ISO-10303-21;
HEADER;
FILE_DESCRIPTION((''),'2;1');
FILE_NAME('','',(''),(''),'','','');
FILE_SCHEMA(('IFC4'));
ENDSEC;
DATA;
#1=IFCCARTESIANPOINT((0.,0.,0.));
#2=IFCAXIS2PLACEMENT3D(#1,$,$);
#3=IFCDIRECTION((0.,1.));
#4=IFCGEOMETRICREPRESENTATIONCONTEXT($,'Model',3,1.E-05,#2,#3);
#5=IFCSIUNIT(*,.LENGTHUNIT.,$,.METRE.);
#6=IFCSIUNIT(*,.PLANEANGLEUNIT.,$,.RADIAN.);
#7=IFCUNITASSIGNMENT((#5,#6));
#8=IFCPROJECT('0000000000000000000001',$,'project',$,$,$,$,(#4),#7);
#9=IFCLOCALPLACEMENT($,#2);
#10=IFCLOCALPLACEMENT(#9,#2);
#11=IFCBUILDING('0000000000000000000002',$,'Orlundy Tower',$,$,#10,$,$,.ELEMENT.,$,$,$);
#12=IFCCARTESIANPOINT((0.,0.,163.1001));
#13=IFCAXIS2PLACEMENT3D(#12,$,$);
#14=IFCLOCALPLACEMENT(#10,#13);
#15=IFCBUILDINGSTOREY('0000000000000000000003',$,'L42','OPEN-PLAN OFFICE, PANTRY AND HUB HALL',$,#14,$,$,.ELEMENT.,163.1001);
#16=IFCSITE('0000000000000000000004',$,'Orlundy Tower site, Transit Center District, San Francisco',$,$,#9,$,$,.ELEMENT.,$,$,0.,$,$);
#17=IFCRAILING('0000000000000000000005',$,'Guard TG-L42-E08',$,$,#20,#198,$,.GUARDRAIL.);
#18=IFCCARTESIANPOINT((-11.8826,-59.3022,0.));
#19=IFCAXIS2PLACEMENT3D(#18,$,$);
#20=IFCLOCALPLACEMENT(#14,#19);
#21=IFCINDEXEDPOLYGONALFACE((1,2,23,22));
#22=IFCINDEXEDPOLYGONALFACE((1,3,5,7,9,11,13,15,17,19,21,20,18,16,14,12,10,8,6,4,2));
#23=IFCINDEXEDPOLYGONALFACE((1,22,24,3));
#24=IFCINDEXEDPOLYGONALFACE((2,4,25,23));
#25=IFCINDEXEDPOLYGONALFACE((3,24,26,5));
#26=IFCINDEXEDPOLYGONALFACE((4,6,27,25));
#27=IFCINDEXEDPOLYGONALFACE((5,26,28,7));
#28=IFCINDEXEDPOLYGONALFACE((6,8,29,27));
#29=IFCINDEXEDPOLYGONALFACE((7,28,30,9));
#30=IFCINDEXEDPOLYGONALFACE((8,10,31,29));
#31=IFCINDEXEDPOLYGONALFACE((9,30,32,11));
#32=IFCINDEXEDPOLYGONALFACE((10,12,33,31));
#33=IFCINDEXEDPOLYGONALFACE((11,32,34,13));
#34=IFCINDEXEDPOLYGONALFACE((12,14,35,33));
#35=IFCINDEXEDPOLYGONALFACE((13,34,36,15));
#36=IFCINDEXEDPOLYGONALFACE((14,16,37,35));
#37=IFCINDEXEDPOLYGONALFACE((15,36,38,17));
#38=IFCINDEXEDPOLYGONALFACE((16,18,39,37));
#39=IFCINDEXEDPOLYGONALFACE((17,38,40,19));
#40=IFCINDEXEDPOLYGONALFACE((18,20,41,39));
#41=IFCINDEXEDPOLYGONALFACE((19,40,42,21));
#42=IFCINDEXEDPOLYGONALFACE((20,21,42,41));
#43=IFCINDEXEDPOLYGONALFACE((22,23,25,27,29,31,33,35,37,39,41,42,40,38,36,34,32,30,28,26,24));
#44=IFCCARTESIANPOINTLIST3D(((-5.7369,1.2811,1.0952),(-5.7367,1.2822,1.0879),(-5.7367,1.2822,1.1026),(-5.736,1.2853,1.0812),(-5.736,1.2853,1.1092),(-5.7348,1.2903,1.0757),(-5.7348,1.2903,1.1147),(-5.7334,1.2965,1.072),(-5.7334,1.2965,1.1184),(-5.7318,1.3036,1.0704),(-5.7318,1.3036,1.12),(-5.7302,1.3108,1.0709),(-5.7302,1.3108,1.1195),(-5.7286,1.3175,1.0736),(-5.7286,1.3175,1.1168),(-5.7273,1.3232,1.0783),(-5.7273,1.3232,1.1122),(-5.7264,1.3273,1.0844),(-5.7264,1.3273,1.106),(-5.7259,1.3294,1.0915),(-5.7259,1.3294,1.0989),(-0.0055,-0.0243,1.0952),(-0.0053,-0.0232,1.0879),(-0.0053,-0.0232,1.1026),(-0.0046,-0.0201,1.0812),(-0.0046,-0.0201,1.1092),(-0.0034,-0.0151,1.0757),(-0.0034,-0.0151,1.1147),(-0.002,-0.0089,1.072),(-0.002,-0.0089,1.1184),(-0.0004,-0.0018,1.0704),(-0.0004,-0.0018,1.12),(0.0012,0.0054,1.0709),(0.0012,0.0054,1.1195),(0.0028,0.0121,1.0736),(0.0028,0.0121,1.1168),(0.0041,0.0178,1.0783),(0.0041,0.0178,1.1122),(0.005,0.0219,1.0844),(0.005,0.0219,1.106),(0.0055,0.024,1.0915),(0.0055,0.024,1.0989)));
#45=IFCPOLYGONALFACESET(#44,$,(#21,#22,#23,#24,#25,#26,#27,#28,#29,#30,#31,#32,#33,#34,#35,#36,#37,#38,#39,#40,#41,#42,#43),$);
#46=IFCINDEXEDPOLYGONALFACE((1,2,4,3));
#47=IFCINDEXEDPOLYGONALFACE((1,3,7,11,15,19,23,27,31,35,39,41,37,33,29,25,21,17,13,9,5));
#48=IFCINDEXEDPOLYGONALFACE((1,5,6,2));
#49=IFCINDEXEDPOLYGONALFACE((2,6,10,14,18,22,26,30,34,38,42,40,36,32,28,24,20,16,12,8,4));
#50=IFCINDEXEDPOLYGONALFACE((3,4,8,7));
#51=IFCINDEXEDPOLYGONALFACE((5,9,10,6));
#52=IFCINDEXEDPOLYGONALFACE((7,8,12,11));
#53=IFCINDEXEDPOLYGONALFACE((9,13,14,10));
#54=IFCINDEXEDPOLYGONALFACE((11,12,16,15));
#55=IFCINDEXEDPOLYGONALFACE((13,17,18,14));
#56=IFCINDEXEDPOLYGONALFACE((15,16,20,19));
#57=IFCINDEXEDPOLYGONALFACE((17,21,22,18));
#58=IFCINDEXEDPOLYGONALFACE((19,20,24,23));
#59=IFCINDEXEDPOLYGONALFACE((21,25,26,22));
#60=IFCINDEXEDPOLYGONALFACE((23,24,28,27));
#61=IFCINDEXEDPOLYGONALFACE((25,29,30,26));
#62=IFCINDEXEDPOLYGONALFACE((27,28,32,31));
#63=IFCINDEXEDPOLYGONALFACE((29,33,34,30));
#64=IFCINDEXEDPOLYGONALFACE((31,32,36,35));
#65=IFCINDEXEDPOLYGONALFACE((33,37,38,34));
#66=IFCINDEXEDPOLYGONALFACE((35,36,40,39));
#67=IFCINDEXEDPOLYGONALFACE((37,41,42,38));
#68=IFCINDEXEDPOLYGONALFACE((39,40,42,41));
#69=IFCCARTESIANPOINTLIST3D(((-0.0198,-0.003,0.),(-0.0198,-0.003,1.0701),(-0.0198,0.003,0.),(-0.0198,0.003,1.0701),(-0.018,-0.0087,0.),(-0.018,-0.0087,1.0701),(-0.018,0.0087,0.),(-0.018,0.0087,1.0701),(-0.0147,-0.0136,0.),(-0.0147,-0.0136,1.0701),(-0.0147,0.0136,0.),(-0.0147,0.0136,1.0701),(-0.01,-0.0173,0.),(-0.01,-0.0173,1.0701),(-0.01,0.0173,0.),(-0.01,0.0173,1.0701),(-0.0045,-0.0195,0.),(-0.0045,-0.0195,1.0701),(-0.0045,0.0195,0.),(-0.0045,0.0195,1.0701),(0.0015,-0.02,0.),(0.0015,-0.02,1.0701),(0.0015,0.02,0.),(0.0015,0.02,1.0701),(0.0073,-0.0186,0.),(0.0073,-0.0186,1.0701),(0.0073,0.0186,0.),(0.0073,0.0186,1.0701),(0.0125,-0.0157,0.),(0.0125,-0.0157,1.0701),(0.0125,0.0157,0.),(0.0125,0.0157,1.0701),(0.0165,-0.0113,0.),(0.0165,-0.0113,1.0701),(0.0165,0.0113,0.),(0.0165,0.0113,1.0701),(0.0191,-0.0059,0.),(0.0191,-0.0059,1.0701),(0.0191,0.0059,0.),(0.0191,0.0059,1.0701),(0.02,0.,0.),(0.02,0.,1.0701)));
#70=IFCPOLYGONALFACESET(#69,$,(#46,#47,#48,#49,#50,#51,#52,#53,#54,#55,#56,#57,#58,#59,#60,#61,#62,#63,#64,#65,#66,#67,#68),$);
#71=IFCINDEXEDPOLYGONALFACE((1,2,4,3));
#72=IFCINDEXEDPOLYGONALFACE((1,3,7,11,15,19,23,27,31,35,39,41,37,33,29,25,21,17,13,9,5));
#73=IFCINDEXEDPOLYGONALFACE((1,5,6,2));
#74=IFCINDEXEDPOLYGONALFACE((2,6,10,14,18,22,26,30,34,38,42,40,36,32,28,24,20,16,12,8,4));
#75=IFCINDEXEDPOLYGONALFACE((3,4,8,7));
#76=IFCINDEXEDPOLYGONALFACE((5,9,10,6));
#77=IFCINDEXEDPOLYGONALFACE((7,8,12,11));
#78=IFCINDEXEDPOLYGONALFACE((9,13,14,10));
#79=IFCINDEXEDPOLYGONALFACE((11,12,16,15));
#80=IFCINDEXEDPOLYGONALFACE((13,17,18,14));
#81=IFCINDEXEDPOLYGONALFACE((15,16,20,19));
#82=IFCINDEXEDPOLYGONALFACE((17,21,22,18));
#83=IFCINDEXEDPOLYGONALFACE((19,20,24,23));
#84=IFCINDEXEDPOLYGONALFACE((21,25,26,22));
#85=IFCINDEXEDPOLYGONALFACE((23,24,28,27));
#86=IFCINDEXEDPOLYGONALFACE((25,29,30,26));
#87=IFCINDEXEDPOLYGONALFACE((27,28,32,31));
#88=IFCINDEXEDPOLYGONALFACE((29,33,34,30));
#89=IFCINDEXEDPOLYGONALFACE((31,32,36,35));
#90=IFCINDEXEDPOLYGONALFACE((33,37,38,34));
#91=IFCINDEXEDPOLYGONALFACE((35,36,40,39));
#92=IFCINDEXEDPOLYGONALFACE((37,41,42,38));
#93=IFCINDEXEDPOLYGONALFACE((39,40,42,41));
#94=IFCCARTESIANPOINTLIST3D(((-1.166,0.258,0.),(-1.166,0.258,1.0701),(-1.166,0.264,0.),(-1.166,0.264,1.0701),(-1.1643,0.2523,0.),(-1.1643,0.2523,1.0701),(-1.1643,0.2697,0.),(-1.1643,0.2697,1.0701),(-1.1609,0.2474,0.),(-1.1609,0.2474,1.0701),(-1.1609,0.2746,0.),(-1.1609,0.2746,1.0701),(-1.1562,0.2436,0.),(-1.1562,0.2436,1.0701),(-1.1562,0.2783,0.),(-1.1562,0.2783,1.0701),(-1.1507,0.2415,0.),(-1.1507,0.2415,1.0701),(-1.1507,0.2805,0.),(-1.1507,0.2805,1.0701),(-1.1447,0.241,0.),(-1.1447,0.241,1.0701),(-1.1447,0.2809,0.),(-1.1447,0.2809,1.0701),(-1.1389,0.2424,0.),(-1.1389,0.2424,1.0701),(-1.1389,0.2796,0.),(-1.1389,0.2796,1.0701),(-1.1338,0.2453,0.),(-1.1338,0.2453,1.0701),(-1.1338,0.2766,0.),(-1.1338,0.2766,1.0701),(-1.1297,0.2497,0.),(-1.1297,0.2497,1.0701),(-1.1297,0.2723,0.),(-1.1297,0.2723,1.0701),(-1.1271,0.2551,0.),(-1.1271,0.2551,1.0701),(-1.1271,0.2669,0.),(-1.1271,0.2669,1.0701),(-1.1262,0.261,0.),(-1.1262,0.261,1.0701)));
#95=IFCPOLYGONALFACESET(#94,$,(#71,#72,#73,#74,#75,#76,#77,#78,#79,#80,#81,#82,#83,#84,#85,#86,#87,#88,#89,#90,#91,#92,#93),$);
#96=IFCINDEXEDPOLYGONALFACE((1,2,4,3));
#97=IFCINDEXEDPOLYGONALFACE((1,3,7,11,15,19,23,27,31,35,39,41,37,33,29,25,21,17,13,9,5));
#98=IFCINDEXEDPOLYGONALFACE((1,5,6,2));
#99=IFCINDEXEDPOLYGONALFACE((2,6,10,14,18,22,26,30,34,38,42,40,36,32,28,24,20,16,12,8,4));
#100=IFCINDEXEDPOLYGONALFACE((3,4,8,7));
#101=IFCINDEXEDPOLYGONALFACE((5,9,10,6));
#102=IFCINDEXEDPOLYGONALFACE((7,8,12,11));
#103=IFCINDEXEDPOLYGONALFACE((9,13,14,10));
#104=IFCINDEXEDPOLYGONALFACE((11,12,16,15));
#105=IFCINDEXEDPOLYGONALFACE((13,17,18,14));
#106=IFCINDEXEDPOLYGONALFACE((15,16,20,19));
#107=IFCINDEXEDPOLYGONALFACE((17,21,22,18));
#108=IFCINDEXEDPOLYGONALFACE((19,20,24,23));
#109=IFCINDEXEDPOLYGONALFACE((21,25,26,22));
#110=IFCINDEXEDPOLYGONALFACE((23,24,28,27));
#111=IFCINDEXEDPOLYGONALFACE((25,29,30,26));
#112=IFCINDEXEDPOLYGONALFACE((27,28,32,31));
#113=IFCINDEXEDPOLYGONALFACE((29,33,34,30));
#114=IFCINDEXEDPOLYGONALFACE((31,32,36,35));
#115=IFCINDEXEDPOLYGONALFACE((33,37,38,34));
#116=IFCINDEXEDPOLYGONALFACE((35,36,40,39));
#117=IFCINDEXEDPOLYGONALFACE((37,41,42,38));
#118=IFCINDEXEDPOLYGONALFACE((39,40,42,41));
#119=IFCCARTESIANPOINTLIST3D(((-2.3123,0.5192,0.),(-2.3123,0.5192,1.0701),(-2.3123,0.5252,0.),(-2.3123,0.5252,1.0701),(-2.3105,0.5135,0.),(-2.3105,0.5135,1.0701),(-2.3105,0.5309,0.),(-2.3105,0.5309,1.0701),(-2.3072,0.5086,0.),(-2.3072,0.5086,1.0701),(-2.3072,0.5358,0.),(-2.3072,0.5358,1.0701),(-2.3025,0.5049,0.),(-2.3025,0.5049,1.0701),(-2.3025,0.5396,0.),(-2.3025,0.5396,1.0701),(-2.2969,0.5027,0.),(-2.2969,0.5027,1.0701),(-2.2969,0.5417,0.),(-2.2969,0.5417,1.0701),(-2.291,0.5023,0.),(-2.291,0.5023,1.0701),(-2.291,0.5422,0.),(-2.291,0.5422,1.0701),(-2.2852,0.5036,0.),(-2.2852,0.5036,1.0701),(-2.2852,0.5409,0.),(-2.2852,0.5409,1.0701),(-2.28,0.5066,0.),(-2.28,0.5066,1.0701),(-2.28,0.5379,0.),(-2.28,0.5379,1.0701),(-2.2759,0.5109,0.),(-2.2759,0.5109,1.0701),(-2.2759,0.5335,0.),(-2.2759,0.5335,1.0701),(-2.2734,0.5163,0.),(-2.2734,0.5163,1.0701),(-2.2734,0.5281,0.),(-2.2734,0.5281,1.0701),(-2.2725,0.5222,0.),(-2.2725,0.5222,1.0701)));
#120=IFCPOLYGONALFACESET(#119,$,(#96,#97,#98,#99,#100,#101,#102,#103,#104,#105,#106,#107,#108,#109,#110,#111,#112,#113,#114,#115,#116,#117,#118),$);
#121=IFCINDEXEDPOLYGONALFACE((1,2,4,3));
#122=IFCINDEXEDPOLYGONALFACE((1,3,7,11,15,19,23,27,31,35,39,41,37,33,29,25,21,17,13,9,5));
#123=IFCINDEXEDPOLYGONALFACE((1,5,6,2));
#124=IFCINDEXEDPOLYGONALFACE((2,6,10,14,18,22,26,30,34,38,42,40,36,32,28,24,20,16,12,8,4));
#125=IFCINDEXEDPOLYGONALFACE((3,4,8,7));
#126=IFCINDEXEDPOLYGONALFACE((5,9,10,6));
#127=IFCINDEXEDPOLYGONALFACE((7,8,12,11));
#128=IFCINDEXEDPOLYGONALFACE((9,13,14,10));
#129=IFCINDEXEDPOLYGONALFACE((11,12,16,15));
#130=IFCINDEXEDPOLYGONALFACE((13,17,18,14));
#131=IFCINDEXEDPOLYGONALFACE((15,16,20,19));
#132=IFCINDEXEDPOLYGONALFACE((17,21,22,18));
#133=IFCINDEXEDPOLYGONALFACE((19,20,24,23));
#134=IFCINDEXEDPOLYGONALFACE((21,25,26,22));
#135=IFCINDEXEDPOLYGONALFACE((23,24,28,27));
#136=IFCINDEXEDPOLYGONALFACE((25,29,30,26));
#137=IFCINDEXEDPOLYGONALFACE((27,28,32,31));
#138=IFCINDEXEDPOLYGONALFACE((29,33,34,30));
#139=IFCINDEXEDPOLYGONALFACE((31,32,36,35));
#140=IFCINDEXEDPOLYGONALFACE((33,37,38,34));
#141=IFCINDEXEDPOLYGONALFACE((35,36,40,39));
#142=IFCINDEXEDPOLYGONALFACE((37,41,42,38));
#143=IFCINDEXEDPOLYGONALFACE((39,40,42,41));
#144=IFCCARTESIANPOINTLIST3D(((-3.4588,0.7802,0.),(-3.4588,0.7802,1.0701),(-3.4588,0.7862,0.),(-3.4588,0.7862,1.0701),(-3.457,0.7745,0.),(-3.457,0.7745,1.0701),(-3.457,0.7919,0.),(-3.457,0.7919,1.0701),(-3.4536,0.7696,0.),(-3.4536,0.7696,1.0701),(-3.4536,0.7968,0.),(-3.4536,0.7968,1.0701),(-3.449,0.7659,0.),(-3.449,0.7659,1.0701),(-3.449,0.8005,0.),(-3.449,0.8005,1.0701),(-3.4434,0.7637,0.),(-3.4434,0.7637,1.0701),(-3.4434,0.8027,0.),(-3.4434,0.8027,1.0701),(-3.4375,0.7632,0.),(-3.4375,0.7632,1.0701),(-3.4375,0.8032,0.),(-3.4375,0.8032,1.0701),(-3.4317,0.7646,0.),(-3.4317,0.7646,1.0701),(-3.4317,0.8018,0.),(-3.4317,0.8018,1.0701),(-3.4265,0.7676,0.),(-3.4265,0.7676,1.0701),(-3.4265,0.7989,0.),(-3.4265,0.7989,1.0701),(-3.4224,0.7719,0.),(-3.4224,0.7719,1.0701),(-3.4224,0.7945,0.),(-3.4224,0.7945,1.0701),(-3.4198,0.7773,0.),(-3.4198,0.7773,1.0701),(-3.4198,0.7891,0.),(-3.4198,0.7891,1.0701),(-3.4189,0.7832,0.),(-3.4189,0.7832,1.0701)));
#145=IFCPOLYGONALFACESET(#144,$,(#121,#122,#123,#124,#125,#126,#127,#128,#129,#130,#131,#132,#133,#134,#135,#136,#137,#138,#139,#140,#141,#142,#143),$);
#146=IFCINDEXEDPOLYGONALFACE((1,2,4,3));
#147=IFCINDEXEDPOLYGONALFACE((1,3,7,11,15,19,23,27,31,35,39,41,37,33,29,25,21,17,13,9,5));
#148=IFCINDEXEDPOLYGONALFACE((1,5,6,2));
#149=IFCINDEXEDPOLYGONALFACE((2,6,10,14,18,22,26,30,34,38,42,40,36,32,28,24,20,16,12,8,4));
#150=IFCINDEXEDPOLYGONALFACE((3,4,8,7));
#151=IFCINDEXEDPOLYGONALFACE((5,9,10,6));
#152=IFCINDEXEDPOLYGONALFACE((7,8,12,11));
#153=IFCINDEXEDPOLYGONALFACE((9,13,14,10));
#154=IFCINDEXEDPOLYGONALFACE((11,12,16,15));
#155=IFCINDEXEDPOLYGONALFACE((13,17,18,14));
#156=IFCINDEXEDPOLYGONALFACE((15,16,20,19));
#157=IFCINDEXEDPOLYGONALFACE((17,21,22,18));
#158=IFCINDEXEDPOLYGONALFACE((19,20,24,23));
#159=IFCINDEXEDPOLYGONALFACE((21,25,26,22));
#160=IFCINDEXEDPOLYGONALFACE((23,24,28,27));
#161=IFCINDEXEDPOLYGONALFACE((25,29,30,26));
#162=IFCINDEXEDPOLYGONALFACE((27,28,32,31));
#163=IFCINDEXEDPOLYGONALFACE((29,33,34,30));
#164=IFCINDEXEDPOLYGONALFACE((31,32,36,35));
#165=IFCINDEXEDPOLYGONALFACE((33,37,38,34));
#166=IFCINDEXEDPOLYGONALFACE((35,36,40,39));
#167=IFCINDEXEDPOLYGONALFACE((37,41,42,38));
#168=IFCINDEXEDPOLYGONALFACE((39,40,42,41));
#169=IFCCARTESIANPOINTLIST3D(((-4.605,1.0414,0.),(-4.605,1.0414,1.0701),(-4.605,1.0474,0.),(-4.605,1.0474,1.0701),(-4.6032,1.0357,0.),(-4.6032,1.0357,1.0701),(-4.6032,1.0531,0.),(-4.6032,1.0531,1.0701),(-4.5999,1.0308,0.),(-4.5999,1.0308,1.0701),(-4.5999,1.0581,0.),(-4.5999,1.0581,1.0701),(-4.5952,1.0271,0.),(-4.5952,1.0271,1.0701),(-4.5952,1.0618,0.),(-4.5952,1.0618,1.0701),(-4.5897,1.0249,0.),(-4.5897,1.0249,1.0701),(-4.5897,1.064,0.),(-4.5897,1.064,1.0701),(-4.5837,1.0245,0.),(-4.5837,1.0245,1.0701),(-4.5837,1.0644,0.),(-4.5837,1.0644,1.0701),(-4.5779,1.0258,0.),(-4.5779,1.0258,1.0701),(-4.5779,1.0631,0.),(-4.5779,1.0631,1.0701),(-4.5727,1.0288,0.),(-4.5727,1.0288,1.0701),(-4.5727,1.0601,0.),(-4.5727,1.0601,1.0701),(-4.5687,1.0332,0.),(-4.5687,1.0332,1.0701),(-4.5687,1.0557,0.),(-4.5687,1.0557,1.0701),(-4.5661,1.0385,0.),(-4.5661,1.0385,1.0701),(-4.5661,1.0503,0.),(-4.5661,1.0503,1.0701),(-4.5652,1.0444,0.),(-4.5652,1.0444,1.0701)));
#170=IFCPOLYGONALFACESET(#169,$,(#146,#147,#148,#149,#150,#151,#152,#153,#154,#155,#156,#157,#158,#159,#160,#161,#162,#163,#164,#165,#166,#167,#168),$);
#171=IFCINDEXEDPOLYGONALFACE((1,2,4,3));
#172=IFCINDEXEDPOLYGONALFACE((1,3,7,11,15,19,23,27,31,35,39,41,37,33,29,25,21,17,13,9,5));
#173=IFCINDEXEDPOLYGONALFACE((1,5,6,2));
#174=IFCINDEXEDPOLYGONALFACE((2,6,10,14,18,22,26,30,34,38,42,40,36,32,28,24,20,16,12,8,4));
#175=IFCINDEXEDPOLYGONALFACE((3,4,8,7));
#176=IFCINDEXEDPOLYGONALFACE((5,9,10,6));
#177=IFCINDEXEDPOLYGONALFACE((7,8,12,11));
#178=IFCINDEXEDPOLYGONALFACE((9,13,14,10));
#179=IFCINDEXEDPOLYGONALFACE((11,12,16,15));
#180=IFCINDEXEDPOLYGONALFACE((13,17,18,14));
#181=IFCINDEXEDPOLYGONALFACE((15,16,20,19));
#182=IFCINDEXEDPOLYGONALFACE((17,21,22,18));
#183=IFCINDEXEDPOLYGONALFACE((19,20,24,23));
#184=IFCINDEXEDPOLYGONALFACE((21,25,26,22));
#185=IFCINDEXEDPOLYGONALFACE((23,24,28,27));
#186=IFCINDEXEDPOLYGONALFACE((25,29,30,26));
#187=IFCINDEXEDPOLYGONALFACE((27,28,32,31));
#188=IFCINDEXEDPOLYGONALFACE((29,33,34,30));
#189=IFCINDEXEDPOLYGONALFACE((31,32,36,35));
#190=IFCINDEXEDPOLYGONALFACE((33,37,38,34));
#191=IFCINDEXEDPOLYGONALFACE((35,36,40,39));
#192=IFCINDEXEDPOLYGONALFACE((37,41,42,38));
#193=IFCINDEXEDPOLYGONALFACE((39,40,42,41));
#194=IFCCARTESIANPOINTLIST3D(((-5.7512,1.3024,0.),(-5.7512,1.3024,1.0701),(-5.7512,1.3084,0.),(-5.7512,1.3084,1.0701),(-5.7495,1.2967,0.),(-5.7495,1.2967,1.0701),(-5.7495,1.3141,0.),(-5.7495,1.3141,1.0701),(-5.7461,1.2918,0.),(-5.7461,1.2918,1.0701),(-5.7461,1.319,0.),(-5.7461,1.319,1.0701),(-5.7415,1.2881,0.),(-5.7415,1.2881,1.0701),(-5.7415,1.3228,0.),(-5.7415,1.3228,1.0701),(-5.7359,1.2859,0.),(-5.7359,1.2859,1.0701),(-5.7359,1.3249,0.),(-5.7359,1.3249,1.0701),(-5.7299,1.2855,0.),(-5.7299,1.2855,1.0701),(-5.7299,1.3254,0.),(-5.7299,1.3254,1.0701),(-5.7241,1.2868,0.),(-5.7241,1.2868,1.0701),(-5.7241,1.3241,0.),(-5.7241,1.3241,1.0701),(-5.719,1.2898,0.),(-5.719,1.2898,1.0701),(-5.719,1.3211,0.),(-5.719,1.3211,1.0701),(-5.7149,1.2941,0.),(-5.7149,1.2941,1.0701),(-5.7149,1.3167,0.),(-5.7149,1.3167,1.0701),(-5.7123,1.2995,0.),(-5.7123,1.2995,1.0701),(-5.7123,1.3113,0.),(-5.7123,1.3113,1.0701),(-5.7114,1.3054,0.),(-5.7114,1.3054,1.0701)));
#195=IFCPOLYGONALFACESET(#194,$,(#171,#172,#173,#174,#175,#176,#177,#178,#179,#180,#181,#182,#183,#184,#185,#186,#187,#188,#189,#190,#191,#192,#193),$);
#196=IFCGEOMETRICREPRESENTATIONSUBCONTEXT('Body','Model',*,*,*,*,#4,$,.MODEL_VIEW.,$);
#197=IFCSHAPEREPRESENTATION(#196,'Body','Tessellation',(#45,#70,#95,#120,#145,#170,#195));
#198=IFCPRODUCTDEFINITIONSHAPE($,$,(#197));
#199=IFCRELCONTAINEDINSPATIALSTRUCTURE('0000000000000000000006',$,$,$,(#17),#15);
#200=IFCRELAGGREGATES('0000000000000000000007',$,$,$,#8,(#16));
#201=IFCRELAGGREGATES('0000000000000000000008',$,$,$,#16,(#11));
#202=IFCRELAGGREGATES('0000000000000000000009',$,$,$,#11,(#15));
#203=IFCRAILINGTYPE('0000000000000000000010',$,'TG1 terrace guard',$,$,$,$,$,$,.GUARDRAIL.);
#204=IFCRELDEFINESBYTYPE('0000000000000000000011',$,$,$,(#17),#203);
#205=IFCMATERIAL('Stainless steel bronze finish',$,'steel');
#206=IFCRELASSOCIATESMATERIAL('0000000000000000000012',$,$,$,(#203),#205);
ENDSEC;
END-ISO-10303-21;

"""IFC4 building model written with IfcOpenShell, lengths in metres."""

from ifc_helpers import new_model, si_unit, direction, frame, origin, origin_2d, place, context, subcontext, project, spatial, circle, extrude, material, type_object, element, save


model = new_model("IFC4")

# Units and contexts
model_context = context("Model", 3, precision=1e-05, world=origin(), true_north=direction((0.0, 1.0)))
body_context = subcontext(model_context, "Body", "Model", "MODEL_VIEW")
ifc_project = project(units=[si_unit("LENGTHUNIT", "METRE"), si_unit("PLANEANGLEUNIT", "RADIAN")], contexts=[model_context])

# Site, building, storey
site_placement = place(None, origin())
site = spatial("IfcSite", under=ifc_project, at=site_placement, Name="Orlundy Tower site, Transit Center District, San Francisco", CompositionType="ELEMENT", RefElevation=0.0)
building_placement = place(site_placement, origin())
building = spatial("IfcBuilding", under=site, at=building_placement, Name="Orlundy Tower", CompositionType="ELEMENT")
storey_placement = place(building_placement, frame((0.0, 0.0, 163.1001)))
storey = spatial("IfcBuildingStorey", under=building, at=storey_placement, Name="L42", Description="OPEN-PLAN OFFICE, PANTRY AND HUB HALL", CompositionType="ELEMENT", Elevation=163.1001)

# Railing
ifc_material_1 = material(Name="Stainless steel bronze finish", Category="steel")
railing_type = type_object("IfcRailingType", Name="TG1 terrace guard", PredefinedType="GUARDRAIL", material=ifc_material_1)
railing_1_placement = place(storey_placement, frame((-11.8826, -59.3022, 0.0)))
element("IfcRailing", 1, at=railing_1_placement, inside=storey, type_object=railing_type, Name="Guard TG-L42-E08", PredefinedType="GUARDRAIL", context=body_context, shape_type="SweptSolid", body=[
    extrude(circle(Radius=0.0249, at=origin_2d()), frame((0.0, 0.0, 1.0952), z_axis=(-0.975029, 0.222077, 0.0), x_axis=(-0.222077, -0.975029, 0.0)), (0.0, 0.0, 1.0), 5.8782),
    extrude(circle(Radius=0.02, at=origin_2d()), origin(), (0.0, 0.0, 1.0), 1.0701),
    extrude(circle(Radius=0.02, at=origin_2d()), frame((-1.1462, 0.261, 0.0)), (0.0, 0.0, 1.0), 1.0701),
    extrude(circle(Radius=0.02, at=origin_2d()), frame((-2.2925, 0.5222, 0.0)), (0.0, 0.0, 1.0), 1.0701),
    extrude(circle(Radius=0.02, at=origin_2d()), frame((-3.439, 0.7832, 0.0)), (0.0, 0.0, 1.0), 1.0701),
    extrude(circle(Radius=0.02, at=origin_2d()), frame((-4.5852, 1.0444, 0.0)), (0.0, 0.0, 1.0), 1.0701),
    extrude(circle(Radius=0.02, at=origin_2d()), frame((-5.7314, 1.3054, 0.0)), (0.0, 0.0, 1.0), 1.0701),
])

save(model, "model.ifc")
